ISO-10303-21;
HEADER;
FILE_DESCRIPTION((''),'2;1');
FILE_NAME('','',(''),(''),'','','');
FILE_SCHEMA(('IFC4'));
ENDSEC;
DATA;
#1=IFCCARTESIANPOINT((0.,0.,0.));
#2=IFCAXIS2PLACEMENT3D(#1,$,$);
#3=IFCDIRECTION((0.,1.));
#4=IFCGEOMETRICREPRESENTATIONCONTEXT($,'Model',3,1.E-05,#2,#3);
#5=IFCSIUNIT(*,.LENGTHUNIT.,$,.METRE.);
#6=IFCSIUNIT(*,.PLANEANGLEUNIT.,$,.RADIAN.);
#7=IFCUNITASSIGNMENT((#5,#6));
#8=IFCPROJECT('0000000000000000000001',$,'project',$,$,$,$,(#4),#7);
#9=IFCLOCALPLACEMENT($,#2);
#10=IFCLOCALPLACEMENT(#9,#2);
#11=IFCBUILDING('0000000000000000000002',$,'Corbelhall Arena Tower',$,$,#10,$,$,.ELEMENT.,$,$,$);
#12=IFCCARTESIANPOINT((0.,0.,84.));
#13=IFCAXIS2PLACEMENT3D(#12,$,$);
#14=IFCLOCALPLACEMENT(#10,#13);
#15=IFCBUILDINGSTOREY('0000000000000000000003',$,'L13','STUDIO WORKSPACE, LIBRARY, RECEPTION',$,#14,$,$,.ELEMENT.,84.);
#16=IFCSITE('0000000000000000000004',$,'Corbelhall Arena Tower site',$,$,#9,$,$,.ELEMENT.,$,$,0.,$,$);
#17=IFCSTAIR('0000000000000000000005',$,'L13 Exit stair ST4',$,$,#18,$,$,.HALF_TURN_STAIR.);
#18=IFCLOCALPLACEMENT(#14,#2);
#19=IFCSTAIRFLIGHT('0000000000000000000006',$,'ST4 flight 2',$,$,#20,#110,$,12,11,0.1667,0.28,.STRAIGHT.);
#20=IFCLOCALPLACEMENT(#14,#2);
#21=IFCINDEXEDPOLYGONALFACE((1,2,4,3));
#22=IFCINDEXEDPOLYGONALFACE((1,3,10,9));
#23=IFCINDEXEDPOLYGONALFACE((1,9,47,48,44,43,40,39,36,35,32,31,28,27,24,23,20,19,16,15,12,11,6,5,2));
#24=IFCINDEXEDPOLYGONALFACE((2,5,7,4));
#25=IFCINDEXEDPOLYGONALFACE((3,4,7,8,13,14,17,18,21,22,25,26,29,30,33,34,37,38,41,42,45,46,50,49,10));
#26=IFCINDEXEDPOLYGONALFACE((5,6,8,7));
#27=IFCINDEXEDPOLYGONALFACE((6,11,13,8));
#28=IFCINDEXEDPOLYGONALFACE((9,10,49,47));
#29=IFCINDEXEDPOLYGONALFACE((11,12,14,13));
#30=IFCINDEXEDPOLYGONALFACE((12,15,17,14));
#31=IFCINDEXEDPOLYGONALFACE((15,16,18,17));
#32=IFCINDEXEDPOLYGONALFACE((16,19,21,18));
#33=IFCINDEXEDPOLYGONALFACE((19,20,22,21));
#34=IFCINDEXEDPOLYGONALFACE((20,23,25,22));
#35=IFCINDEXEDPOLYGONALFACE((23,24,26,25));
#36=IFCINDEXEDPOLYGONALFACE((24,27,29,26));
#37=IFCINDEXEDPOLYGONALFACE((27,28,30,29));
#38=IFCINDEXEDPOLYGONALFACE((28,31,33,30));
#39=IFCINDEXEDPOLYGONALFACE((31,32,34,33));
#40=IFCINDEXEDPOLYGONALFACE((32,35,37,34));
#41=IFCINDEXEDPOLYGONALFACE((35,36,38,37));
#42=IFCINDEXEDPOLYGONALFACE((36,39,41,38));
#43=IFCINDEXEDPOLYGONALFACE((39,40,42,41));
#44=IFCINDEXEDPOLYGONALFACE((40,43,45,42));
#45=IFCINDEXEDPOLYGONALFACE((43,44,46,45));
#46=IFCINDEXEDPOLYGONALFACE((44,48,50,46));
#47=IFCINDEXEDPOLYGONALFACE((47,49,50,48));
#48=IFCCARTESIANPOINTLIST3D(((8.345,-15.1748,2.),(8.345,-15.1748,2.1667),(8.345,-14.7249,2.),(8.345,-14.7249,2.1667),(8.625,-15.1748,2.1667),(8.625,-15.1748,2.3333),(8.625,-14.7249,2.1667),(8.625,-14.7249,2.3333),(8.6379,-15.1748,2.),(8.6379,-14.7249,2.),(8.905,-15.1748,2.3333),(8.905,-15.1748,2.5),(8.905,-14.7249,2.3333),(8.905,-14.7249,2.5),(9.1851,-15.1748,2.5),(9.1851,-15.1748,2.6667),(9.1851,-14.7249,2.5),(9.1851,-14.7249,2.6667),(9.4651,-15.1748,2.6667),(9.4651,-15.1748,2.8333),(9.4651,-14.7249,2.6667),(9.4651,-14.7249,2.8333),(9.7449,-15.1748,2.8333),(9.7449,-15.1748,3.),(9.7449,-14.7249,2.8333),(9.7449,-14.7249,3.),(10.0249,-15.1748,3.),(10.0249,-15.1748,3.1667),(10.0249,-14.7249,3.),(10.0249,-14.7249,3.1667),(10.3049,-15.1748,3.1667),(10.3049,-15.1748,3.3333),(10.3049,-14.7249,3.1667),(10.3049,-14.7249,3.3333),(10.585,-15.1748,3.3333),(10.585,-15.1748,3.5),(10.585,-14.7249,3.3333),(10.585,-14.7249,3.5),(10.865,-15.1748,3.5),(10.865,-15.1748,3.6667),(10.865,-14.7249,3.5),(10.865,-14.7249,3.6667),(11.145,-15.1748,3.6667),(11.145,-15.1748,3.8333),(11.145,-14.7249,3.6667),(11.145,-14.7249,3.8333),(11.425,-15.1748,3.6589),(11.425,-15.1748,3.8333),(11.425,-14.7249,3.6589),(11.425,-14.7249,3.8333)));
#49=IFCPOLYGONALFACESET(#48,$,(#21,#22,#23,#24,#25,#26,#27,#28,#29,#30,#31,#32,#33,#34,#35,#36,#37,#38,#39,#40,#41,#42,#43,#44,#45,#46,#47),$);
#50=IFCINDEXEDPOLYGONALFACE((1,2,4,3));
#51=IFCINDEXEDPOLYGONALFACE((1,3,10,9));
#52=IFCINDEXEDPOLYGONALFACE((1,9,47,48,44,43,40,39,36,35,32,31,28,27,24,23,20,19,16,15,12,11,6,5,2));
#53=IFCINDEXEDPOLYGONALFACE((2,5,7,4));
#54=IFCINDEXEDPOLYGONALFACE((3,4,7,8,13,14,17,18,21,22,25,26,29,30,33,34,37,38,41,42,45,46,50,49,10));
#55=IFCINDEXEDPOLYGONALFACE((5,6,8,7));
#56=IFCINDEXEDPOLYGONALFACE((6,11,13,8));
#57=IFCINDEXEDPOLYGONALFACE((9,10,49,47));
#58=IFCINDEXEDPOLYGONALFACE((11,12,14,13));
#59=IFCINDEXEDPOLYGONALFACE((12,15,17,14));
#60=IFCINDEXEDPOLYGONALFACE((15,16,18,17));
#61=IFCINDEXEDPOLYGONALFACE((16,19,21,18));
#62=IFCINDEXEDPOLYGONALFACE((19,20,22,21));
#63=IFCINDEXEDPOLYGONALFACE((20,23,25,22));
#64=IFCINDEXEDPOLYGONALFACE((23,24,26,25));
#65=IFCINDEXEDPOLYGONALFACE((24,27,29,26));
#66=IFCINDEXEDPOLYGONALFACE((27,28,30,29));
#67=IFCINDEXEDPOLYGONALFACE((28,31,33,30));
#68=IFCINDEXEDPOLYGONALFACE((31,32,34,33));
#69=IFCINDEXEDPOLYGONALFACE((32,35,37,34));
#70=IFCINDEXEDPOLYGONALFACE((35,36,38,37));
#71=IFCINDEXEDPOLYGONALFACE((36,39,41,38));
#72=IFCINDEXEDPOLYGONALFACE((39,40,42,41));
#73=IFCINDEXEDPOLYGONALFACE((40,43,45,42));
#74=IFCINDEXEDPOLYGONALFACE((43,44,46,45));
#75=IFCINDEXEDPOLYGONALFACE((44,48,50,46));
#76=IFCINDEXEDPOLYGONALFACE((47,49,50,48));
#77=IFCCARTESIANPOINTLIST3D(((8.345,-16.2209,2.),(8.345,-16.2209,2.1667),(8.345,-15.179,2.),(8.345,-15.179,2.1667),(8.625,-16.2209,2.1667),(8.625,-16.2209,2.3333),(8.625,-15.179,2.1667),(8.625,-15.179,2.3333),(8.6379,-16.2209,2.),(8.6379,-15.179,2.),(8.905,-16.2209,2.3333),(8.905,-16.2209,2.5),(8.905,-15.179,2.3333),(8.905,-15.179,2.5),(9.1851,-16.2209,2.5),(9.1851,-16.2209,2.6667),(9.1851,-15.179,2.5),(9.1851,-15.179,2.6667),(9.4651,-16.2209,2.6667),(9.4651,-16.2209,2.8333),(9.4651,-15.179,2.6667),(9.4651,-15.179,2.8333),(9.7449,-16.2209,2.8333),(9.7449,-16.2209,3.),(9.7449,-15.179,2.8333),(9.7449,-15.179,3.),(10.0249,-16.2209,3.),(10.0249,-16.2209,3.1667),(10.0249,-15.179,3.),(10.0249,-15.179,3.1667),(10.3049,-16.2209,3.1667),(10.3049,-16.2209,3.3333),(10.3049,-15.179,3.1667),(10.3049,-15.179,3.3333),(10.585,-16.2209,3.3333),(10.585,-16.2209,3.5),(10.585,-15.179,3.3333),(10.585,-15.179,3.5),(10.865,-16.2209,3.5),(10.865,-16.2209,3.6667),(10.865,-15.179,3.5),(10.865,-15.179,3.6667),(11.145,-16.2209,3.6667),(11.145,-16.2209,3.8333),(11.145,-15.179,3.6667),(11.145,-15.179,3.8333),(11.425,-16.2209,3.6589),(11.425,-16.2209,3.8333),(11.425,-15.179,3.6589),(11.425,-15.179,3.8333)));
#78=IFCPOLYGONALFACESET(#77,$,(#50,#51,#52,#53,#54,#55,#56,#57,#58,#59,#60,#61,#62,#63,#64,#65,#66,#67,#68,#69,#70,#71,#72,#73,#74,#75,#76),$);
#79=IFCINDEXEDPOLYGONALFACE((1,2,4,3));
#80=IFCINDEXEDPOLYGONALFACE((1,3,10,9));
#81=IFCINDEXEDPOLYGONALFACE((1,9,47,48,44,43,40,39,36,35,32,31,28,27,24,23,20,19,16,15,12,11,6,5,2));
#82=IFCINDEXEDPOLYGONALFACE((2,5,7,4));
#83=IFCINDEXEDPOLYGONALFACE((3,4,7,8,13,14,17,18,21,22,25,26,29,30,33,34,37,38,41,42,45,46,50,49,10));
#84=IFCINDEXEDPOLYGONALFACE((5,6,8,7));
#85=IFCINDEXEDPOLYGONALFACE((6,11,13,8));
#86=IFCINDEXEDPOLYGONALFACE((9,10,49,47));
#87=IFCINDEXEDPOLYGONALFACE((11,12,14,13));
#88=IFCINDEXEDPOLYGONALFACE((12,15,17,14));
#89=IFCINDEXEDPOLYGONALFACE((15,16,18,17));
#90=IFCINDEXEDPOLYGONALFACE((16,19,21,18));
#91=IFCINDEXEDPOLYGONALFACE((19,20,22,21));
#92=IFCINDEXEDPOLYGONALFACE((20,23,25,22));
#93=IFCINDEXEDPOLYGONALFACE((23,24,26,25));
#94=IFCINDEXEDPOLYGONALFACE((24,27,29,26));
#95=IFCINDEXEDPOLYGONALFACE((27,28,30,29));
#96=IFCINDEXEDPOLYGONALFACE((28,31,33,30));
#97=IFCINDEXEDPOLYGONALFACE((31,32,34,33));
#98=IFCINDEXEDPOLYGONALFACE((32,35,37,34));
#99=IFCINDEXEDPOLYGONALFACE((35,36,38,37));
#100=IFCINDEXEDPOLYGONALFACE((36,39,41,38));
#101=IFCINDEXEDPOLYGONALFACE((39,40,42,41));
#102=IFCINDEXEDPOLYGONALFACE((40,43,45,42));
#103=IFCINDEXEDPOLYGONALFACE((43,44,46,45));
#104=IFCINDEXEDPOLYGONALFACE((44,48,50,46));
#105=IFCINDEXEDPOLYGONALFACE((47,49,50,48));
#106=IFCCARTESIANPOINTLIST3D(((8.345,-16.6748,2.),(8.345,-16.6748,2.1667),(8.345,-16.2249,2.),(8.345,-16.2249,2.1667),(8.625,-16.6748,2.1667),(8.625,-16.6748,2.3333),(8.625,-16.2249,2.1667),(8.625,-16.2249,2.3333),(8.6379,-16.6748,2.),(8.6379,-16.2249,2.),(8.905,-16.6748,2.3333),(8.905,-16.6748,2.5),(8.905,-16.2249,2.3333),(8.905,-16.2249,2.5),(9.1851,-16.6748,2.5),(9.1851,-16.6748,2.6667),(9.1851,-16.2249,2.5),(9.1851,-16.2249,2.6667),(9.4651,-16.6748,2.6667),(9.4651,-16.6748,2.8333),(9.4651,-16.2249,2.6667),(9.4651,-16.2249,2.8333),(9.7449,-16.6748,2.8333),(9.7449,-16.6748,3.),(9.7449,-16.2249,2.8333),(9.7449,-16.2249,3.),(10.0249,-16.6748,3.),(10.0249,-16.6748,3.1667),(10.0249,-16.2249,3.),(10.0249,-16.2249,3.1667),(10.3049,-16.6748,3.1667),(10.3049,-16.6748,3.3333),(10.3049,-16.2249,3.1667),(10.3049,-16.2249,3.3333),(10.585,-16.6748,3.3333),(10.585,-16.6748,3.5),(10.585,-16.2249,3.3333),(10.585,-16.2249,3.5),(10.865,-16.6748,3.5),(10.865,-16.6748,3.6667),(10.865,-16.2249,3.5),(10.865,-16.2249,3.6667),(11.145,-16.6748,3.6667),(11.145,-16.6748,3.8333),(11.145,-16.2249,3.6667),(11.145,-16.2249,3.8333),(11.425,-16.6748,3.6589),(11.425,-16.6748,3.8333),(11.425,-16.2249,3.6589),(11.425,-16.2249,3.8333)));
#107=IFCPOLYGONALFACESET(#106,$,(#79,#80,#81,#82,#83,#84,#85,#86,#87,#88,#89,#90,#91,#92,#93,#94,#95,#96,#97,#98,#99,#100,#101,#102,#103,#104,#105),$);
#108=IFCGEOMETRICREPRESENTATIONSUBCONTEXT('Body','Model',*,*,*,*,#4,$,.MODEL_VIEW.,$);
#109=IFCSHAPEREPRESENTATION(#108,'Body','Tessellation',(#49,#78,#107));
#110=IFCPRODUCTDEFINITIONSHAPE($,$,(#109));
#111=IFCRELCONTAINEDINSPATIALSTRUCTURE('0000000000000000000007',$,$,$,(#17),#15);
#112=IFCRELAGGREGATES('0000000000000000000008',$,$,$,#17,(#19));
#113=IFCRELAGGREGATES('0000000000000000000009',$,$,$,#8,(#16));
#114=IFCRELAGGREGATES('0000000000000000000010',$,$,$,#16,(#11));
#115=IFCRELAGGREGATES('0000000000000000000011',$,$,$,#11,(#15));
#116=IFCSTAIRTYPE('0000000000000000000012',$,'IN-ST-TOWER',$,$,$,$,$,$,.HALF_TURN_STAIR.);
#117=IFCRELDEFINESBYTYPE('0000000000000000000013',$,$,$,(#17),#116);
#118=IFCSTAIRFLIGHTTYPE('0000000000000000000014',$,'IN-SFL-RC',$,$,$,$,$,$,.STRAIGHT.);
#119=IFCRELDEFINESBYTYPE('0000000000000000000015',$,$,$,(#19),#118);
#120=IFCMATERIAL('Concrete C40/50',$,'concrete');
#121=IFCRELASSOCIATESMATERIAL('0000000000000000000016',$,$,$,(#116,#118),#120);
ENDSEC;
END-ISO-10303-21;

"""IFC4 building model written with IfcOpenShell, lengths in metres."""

from ifc_helpers import new_model, si_unit, direction, frame, origin, place, context, subcontext, project, spatial, polyline, outline, extrude, material, type_object, element, aggregate, save


model = new_model("IFC4")

# Units and contexts
model_context = context("Model", 3, precision=1e-05, world=origin(), true_north=direction((0.0, 1.0)))
body_context = subcontext(model_context, "Body", "Model", "MODEL_VIEW")
ifc_project = project(units=[si_unit("LENGTHUNIT", "METRE"), si_unit("PLANEANGLEUNIT", "RADIAN")], contexts=[model_context])

# Site, building, storey
site_placement = place(None, origin())
site = spatial("IfcSite", under=ifc_project, at=site_placement, Name="Corbelhall Arena Tower site", CompositionType="ELEMENT", RefElevation=0.0)
building_placement = place(site_placement, origin())
building = spatial("IfcBuilding", under=site, at=building_placement, Name="Corbelhall Arena Tower", CompositionType="ELEMENT")
storey_placement = place(building_placement, frame((0.0, 0.0, 84.0)))
storey = spatial("IfcBuildingStorey", under=building, at=storey_placement, Name="L13", Description="STUDIO WORKSPACE, LIBRARY, RECEPTION", CompositionType="ELEMENT", Elevation=84.0)

# Shared definitions
ifc_material_1 = material(Name="Concrete C40/50", Category="concrete")

# Stair, stair flight
stair_type = type_object("IfcStairType", Name="IN-ST-TOWER", PredefinedType="HALF_TURN_STAIR", material=ifc_material_1)
stair_placement = place(storey_placement, origin())
stair = element("IfcStair", 1, at=stair_placement, inside=storey, type_object=stair_type, Name="L13 Exit stair ST4", PredefinedType="HALF_TURN_STAIR")
stair_flight_type = type_object("IfcStairFlightType", Name="IN-SFL-RC", PredefinedType="STRAIGHT", material=ifc_material_1)
stair_flight_placement = place(storey_placement, frame((8.345, -15.7, 2.0), z_axis=(0.0, 0.0, 1.0), x_axis=(1.0, 0.0, 0.0)))
stair_flight = element("IfcStairFlight", 2, at=stair_flight_placement, type_object=stair_flight_type, Name="ST4 flight 2", NumberOfRisers=12, NumberOfTreads=11, PredefinedType="STRAIGHT", RiserHeight=0.1667, TreadLength=0.28, context=body_context, shape_type="SweptSolid", body=[
    extrude(outline(polyline([(0.0, 0.0), (0.0, 0.1667), (0.28, 0.1667), (0.28, 0.3333), (0.5601, 0.3333), (0.5601, 0.5), (0.8401, 0.5), (0.8401, 0.6667), (1.1201, 0.6667), (1.1201, 0.8333), (1.3999, 0.8333), (1.3999, 1.0), (1.6799, 1.0), (1.6799, 1.1667), (1.96, 1.1667), (1.96, 1.3333), (2.24, 1.3333), (2.24, 1.5), (2.52, 1.5), (2.52, 1.6667), (2.8, 1.6667), (2.8, 1.8333), (3.0801, 1.8333), (3.0801, 2.0), (3.0801, 1.6589), (0.293, 0.0), (0.0, 0.0)])), frame((0.0, 0.9751, 0.0), z_axis=(0.0, -1.0, 0.0), x_axis=(1.0, 0.0, 0.0)), (0.0, 0.0, 1.0), 0.45),
    extrude(outline(polyline([(0.0, 0.0), (0.0, 0.1667), (0.28, 0.1667), (0.28, 0.3333), (0.5601, 0.3333), (0.5601, 0.5), (0.8401, 0.5), (0.8401, 0.6667), (1.1201, 0.6667), (1.1201, 0.8333), (1.3999, 0.8333), (1.3999, 1.0), (1.6799, 1.0), (1.6799, 1.1667), (1.96, 1.1667), (1.96, 1.3333), (2.24, 1.3333), (2.24, 1.5), (2.52, 1.5), (2.52, 1.6667), (2.8, 1.6667), (2.8, 1.8333), (3.0801, 1.8333), (3.0801, 2.0), (3.0801, 1.6589), (0.293, 0.0), (0.0, 0.0)])), frame((0.0, 0.521, 0.0), z_axis=(0.0, -1.0, 0.0), x_axis=(1.0, 0.0, 0.0)), (0.0, 0.0, 1.0), 1.042),
    extrude(outline(polyline([(0.0, 0.0), (0.0, 0.1667), (0.28, 0.1667), (0.28, 0.3333), (0.5601, 0.3333), (0.5601, 0.5), (0.8401, 0.5), (0.8401, 0.6667), (1.1201, 0.6667), (1.1201, 0.8333), (1.3999, 0.8333), (1.3999, 1.0), (1.6799, 1.0), (1.6799, 1.1667), (1.96, 1.1667), (1.96, 1.3333), (2.24, 1.3333), (2.24, 1.5), (2.52, 1.5), (2.52, 1.6667), (2.8, 1.6667), (2.8, 1.8333), (3.0801, 1.8333), (3.0801, 2.0), (3.0801, 1.6589), (0.293, 0.0), (0.0, 0.0)])), frame((0.0, -0.5249, 0.0), z_axis=(0.0, -1.0, 0.0), x_axis=(1.0, 0.0, 0.0)), (0.0, 0.0, 1.0), 0.45),
])
aggregate(stair, [stair_flight])

save(model, "model.ifc")
